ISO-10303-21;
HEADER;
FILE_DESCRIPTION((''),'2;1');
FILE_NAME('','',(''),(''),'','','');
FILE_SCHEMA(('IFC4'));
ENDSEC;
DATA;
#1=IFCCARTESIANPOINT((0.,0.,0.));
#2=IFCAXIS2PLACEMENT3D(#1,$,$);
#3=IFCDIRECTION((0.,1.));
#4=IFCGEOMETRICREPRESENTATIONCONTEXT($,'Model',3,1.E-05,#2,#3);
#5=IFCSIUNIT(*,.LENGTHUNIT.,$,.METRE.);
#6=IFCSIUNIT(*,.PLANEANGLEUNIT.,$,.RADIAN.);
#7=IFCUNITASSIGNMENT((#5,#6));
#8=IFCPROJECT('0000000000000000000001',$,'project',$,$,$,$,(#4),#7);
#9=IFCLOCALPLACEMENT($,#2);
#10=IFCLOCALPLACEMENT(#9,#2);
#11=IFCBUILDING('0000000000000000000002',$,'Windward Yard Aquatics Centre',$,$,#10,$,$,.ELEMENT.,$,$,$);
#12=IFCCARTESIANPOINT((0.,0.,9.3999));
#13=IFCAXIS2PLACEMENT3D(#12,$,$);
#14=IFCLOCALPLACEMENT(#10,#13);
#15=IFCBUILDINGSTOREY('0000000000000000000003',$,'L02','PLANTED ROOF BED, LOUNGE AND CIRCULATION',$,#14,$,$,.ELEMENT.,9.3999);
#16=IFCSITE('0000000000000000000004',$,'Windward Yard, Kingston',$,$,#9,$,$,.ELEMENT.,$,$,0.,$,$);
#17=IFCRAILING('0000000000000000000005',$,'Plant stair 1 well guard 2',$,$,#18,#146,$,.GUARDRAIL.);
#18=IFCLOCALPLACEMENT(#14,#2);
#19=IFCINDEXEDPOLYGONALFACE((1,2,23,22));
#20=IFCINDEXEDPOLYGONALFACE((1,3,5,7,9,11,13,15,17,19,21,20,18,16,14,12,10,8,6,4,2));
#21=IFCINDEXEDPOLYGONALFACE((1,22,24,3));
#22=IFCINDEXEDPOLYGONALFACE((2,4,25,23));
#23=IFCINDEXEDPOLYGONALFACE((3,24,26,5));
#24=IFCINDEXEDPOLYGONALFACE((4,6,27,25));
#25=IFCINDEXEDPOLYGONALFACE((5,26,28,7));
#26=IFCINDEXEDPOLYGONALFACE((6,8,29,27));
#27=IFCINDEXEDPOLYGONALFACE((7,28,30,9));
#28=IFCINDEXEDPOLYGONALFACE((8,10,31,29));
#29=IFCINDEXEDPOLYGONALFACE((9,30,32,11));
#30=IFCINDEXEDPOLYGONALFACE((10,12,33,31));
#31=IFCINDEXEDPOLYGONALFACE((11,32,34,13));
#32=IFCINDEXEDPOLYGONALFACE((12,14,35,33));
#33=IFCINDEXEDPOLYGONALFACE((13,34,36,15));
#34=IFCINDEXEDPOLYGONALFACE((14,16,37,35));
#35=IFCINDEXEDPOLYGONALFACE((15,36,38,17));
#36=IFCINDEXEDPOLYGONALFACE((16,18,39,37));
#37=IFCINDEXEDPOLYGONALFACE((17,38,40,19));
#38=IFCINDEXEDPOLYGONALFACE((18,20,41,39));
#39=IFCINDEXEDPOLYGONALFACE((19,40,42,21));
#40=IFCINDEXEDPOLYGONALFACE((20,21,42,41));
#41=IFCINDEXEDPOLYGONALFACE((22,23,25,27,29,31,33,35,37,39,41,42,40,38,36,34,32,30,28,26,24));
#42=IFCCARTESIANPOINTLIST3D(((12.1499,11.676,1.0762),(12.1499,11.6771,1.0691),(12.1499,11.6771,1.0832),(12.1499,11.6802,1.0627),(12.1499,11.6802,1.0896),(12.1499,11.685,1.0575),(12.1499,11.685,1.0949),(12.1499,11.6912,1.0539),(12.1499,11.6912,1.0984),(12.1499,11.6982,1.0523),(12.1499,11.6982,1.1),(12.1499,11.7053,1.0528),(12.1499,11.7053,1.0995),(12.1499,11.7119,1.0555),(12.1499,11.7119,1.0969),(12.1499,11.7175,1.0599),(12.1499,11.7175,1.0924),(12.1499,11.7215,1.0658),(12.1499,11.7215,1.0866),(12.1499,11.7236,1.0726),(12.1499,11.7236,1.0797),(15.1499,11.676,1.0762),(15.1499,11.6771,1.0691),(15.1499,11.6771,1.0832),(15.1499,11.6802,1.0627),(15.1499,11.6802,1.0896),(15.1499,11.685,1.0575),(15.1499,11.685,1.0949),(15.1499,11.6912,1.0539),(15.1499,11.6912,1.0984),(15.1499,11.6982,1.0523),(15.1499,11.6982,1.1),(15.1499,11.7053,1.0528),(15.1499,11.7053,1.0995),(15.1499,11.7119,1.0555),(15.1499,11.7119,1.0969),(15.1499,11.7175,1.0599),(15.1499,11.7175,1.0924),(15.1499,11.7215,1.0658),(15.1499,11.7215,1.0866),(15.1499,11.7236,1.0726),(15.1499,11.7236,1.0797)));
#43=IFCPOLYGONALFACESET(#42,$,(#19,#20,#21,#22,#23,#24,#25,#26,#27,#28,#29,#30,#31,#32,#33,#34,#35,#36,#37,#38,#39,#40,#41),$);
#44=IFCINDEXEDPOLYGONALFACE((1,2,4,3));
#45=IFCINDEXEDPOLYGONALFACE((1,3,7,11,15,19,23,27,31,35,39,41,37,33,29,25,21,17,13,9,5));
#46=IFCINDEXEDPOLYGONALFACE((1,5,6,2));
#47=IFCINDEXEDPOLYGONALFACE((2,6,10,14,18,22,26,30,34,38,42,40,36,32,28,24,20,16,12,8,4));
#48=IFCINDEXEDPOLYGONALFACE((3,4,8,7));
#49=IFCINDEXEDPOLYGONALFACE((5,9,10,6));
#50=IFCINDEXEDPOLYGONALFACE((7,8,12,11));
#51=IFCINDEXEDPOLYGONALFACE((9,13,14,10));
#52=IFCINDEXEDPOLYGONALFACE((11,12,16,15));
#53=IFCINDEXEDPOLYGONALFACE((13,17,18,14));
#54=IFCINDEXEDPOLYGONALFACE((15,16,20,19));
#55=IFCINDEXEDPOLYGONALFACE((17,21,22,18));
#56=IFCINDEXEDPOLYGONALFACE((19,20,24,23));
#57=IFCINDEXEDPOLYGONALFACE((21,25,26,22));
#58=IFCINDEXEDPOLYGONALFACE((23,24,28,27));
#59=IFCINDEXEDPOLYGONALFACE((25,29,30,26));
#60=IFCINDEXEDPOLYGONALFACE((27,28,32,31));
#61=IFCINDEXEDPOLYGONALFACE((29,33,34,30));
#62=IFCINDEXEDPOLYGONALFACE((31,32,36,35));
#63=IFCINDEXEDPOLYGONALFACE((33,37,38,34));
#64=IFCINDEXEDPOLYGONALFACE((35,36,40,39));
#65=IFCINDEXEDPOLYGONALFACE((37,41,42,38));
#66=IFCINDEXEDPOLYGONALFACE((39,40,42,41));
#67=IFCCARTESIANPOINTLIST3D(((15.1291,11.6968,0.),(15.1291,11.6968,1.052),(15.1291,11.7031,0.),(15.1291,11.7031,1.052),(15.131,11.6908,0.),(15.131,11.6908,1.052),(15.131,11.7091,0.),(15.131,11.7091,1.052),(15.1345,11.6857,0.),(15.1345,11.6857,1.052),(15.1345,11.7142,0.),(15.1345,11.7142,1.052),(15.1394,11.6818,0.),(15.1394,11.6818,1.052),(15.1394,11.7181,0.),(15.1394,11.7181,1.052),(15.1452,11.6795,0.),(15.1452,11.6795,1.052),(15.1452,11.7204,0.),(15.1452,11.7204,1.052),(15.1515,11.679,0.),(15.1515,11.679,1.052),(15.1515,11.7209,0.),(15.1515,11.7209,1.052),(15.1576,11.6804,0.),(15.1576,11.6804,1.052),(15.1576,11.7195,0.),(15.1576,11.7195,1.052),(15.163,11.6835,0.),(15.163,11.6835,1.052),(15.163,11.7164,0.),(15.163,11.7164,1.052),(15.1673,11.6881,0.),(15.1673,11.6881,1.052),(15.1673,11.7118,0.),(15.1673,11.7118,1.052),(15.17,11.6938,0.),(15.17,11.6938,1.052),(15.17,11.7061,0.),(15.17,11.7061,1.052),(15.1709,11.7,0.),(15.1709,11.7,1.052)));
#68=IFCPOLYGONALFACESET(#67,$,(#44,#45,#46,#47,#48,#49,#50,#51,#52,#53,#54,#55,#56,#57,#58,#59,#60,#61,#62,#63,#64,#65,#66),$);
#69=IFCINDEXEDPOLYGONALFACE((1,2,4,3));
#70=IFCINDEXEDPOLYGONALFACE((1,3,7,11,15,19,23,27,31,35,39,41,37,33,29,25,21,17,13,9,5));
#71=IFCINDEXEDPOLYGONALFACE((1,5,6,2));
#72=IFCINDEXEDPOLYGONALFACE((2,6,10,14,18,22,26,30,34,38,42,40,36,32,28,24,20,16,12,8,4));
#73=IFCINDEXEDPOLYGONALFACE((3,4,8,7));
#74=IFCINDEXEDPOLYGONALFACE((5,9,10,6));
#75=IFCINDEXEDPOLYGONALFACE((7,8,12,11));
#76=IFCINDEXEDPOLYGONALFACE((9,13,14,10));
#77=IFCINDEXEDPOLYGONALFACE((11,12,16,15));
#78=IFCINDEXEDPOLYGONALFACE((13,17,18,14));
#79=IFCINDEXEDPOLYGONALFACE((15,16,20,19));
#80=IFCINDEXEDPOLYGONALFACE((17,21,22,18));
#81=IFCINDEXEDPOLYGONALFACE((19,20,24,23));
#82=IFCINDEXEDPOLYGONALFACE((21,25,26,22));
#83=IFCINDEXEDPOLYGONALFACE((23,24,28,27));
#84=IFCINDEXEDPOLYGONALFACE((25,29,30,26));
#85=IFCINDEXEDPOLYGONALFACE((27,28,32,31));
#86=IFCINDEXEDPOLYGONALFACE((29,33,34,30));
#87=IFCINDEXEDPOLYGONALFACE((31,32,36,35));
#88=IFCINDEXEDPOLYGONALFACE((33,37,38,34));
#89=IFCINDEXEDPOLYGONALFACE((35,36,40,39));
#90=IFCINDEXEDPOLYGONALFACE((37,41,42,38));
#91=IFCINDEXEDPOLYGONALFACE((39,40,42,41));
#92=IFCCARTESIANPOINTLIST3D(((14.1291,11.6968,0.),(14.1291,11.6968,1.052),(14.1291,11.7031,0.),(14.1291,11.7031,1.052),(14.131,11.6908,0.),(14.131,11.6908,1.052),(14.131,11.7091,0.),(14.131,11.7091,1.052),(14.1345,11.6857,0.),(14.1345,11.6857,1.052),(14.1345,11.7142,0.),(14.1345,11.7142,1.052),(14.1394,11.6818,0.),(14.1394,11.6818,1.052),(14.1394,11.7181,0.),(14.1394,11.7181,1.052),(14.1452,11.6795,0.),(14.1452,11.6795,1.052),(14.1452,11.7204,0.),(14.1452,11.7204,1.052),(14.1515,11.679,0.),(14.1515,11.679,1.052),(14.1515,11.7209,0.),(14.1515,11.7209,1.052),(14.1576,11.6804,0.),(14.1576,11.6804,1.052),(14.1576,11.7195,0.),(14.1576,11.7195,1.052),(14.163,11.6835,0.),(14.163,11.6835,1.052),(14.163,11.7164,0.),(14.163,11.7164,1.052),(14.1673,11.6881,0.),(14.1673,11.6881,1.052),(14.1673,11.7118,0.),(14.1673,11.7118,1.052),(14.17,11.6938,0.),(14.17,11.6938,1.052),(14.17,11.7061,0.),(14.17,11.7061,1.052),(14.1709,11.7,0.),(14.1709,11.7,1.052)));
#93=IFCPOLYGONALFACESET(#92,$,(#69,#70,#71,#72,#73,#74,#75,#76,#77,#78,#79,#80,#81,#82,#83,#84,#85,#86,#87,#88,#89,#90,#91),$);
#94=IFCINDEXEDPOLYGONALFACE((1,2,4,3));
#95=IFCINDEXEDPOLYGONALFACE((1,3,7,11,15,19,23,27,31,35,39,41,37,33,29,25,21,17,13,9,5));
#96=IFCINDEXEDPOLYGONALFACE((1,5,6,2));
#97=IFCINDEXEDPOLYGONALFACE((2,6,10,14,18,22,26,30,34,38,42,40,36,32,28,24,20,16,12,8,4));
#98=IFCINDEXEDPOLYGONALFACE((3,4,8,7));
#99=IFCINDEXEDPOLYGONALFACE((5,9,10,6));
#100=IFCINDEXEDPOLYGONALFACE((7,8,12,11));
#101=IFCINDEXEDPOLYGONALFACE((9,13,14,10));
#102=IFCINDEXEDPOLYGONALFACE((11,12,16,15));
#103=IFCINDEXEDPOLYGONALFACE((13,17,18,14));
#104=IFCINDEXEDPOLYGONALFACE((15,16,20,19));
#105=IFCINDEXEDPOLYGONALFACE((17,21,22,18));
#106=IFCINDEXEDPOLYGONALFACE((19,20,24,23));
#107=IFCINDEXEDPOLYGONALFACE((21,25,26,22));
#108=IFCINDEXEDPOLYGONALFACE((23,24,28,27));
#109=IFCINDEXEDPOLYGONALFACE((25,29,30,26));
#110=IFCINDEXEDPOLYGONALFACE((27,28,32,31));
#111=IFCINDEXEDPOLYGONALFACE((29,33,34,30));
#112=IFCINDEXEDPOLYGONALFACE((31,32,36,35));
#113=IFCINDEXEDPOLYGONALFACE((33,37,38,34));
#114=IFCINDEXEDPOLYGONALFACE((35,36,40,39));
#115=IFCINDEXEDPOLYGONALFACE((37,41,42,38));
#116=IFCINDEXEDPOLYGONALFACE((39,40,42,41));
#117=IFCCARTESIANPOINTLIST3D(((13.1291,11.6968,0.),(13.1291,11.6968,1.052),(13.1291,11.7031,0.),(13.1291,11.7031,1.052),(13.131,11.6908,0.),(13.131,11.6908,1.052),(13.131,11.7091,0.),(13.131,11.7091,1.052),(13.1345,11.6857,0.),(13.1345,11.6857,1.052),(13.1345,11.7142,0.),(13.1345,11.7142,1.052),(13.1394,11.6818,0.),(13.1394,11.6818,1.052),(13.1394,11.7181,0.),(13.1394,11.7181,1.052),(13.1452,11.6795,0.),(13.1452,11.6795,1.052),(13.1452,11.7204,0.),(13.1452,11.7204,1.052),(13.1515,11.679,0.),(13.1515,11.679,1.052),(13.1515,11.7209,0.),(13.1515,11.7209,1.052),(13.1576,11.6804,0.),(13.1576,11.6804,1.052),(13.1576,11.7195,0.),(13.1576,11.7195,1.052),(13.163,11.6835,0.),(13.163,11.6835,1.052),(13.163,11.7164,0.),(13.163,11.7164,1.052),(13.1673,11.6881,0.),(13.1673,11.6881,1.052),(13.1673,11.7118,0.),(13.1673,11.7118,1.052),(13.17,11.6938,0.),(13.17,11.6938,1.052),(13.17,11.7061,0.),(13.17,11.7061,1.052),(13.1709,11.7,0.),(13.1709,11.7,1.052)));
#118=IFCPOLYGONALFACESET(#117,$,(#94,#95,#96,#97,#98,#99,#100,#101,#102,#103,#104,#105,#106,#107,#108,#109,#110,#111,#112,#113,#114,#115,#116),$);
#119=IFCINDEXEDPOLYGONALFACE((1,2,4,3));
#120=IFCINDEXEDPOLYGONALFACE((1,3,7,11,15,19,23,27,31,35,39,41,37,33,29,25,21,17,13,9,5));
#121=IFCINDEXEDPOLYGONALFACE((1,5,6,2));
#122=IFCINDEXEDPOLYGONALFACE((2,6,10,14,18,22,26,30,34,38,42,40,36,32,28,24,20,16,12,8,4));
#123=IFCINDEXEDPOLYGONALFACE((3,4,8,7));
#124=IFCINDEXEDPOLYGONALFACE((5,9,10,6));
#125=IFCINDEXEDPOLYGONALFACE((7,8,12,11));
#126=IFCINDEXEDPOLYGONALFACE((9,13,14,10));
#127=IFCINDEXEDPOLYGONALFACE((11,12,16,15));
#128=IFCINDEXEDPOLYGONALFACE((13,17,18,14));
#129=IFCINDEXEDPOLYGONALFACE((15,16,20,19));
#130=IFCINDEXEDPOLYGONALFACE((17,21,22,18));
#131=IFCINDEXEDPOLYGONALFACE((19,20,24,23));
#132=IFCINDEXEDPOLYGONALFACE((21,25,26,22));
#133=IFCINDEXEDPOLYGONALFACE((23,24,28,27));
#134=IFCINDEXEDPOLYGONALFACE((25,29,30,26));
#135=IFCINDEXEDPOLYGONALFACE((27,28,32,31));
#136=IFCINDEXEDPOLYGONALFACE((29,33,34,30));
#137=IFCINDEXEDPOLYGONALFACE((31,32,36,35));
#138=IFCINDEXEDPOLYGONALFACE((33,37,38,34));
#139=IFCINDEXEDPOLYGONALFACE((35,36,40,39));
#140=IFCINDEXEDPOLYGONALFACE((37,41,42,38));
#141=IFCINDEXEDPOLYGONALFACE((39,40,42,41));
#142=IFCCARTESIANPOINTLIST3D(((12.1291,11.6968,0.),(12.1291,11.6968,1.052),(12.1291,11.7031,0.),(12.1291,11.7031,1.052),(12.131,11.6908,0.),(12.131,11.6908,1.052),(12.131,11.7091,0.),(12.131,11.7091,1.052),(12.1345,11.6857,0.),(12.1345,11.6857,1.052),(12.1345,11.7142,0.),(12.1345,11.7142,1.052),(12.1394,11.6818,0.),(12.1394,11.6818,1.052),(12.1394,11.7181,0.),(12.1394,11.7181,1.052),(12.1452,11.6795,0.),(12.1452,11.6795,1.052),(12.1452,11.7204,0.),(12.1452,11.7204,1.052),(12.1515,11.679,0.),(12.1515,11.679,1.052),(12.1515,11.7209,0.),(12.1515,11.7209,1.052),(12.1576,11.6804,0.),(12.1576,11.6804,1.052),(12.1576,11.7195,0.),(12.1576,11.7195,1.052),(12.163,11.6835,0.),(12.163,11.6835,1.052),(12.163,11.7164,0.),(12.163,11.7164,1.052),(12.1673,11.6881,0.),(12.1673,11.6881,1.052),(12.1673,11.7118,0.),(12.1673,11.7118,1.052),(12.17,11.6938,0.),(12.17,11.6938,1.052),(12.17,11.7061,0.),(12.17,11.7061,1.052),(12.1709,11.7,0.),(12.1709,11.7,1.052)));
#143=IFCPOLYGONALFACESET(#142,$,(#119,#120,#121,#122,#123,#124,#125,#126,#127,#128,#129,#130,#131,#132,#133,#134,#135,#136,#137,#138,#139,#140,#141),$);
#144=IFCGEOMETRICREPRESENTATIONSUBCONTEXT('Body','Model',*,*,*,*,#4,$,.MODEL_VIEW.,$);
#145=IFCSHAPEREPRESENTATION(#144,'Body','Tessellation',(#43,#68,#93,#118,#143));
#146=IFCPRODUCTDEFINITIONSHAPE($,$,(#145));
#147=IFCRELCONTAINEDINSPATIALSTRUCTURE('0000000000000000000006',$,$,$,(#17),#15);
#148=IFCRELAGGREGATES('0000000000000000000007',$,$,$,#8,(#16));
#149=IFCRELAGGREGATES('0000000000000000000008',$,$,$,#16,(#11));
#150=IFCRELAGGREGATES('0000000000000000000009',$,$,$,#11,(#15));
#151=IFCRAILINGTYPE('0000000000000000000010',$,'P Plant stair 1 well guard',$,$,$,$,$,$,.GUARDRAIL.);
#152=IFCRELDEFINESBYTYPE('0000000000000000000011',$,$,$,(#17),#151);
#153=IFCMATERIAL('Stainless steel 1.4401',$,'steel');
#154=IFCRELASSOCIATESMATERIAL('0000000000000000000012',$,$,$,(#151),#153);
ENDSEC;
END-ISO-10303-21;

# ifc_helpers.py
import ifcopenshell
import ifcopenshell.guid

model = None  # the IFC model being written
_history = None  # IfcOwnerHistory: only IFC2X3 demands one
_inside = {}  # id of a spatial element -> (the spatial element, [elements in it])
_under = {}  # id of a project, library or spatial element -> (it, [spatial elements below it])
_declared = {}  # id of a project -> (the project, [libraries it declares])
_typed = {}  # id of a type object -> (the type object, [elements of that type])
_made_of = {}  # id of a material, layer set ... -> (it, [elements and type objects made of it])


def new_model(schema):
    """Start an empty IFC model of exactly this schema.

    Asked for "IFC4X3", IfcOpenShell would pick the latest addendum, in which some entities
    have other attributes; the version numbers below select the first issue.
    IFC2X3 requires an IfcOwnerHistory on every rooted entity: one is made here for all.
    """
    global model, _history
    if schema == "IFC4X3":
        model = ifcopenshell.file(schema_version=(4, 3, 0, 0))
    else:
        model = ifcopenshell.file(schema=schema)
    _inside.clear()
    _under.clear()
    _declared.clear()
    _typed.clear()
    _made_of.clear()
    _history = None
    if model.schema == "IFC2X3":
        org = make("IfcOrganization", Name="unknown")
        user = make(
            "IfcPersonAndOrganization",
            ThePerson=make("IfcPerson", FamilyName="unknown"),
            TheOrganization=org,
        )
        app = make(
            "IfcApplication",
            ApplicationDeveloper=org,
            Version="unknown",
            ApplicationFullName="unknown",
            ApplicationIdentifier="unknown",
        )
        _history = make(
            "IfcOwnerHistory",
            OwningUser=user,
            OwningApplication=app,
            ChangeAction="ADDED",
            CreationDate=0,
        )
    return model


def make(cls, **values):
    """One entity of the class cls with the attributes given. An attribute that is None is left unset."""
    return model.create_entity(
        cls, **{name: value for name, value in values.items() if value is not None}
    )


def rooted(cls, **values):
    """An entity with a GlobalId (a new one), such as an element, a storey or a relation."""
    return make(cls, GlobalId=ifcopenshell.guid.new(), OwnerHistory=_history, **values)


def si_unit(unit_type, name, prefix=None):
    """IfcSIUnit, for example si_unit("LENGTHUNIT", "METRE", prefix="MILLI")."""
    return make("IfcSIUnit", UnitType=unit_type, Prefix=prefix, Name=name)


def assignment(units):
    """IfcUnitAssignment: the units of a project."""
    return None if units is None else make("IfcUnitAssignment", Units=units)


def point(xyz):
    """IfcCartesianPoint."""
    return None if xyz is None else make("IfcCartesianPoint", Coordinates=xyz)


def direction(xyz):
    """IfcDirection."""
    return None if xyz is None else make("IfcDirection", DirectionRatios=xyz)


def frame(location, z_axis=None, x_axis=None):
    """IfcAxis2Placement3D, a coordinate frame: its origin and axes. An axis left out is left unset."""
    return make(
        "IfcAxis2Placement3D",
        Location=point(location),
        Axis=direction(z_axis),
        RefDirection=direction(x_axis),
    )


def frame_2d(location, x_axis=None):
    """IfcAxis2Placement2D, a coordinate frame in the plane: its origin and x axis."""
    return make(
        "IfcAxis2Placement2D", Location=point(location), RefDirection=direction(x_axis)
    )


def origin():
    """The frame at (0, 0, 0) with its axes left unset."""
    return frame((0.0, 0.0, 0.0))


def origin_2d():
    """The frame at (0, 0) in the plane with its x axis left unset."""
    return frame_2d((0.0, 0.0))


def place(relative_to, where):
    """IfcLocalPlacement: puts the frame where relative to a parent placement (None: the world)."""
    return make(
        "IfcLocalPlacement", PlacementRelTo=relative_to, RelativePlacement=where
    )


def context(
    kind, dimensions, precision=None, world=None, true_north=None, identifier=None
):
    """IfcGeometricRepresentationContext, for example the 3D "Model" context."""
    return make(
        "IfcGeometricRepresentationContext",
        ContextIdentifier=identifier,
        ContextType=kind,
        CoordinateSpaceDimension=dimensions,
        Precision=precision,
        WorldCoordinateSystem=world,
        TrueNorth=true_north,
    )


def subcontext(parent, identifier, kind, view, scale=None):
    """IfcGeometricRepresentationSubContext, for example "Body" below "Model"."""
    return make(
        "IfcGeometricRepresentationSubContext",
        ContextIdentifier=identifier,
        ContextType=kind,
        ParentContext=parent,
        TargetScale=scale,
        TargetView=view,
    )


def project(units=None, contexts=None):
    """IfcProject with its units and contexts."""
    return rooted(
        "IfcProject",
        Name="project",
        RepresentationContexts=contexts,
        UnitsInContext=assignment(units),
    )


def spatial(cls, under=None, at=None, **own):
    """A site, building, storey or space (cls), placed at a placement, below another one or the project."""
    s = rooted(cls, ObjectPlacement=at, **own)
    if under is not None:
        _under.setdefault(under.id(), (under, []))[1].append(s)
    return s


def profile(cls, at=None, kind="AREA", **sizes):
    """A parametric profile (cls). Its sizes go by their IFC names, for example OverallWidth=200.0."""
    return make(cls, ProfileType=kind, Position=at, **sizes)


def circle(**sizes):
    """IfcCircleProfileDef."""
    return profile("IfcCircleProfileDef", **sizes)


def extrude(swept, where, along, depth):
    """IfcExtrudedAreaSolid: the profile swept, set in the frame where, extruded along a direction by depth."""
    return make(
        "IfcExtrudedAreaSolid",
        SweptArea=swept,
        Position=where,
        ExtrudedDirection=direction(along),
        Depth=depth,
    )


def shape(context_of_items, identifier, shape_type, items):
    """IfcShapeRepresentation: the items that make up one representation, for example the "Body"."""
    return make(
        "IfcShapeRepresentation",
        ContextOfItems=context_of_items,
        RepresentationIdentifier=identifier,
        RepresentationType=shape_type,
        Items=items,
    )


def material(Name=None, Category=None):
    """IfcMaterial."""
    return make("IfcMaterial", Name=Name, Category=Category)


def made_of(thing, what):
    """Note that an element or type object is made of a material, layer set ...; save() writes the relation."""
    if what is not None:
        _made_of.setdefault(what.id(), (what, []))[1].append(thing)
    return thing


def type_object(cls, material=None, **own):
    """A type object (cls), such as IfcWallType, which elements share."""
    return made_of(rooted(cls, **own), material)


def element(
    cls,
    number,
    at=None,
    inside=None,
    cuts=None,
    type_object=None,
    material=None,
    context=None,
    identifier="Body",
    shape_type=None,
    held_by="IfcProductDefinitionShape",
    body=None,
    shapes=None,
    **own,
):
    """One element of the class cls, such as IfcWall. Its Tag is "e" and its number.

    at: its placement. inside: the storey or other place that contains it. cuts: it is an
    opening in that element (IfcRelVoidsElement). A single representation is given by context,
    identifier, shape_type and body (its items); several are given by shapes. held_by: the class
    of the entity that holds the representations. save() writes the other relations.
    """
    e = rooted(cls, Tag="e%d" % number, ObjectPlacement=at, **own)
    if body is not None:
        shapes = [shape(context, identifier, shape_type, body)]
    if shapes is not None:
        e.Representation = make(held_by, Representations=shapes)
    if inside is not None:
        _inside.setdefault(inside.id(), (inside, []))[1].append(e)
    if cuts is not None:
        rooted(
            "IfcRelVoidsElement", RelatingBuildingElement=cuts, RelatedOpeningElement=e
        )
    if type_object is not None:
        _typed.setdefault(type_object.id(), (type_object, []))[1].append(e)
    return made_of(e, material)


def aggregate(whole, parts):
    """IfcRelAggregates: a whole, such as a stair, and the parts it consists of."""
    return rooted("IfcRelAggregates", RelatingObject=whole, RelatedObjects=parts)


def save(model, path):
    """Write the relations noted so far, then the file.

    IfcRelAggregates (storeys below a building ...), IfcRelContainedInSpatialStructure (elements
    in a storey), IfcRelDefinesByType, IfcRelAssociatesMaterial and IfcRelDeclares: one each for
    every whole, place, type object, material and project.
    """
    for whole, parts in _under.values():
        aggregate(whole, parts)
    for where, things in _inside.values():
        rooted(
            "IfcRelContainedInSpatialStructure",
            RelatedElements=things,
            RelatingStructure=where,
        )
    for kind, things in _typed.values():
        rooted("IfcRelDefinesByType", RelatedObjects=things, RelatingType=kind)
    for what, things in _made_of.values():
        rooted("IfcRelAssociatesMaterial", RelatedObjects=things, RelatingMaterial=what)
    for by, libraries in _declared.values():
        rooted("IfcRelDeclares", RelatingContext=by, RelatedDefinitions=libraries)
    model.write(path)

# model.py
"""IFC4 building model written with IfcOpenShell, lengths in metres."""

from ifc_helpers import new_model, si_unit, direction, frame, origin, origin_2d, place, context, subcontext, project, spatial, circle, extrude, material, type_object, element, save


model = new_model("IFC4")

# Units and contexts
model_context = context("Model", 3, precision=1e-05, world=origin(), true_north=direction((0.0, 1.0)))
body_context = subcontext(model_context, "Body", "Model", "MODEL_VIEW")
ifc_project = project(units=[si_unit("LENGTHUNIT", "METRE"), si_unit("PLANEANGLEUNIT", "RADIAN")], contexts=[model_context])

# Site, building, storey
site_placement = place(None, origin())
site = spatial("IfcSite", under=ifc_project, at=site_placement, Name="Windward Yard, Kingston", CompositionType="ELEMENT", RefElevation=0.0)
building_placement = place(site_placement, origin())
building = spatial("IfcBuilding", under=site, at=building_placement, Name="Windward Yard Aquatics Centre", CompositionType="ELEMENT")
storey_placement = place(building_placement, frame((0.0, 0.0, 9.3999)))
storey = spatial("IfcBuildingStorey", under=building, at=storey_placement, Name="L02", Description="PLANTED ROOF BED, LOUNGE AND CIRCULATION", CompositionType="ELEMENT", Elevation=9.3999)

# Railing
ifc_material_1 = material(Name="Stainless steel 1.4401", Category="steel")
railing_type_1 = type_object("IfcRailingType", Name="P Plant stair 1 well guard", PredefinedType="GUARDRAIL", material=ifc_material_1)
railing_1_placement = place(storey_placement, frame((15.1499, 11.7, 0.0)))
element("IfcRailing", 1, at=railing_1_placement, inside=storey, type_object=railing_type_1, Name="Plant stair 1 well guard 2", PredefinedType="GUARDRAIL", context=body_context, shape_type="SweptSolid", body=[
    extrude(circle(Radius=0.0239, at=origin_2d()), frame((0.0, 0.0, 1.0762), z_axis=(-1.0, 0.0, 0.0), x_axis=(0.0, -1.0, 0.0)), (0.0, 0.0, 1.0), 3.0),
    extrude(circle(Radius=0.021, at=origin_2d()), origin(), (0.0, 0.0, 1.0), 1.052),
    extrude(circle(Radius=0.021, at=origin_2d()), frame((-1.0, 0.0, 0.0)), (0.0, 0.0, 1.0), 1.052),
    extrude(circle(Radius=0.021, at=origin_2d()), frame((-2.0, 0.0, 0.0)), (0.0, 0.0, 1.0), 1.052),
    extrude(circle(Radius=0.021, at=origin_2d()), frame((-3.0, 0.0, 0.0)), (0.0, 0.0, 1.0), 1.052),
])

save(model, "model.ifc")
